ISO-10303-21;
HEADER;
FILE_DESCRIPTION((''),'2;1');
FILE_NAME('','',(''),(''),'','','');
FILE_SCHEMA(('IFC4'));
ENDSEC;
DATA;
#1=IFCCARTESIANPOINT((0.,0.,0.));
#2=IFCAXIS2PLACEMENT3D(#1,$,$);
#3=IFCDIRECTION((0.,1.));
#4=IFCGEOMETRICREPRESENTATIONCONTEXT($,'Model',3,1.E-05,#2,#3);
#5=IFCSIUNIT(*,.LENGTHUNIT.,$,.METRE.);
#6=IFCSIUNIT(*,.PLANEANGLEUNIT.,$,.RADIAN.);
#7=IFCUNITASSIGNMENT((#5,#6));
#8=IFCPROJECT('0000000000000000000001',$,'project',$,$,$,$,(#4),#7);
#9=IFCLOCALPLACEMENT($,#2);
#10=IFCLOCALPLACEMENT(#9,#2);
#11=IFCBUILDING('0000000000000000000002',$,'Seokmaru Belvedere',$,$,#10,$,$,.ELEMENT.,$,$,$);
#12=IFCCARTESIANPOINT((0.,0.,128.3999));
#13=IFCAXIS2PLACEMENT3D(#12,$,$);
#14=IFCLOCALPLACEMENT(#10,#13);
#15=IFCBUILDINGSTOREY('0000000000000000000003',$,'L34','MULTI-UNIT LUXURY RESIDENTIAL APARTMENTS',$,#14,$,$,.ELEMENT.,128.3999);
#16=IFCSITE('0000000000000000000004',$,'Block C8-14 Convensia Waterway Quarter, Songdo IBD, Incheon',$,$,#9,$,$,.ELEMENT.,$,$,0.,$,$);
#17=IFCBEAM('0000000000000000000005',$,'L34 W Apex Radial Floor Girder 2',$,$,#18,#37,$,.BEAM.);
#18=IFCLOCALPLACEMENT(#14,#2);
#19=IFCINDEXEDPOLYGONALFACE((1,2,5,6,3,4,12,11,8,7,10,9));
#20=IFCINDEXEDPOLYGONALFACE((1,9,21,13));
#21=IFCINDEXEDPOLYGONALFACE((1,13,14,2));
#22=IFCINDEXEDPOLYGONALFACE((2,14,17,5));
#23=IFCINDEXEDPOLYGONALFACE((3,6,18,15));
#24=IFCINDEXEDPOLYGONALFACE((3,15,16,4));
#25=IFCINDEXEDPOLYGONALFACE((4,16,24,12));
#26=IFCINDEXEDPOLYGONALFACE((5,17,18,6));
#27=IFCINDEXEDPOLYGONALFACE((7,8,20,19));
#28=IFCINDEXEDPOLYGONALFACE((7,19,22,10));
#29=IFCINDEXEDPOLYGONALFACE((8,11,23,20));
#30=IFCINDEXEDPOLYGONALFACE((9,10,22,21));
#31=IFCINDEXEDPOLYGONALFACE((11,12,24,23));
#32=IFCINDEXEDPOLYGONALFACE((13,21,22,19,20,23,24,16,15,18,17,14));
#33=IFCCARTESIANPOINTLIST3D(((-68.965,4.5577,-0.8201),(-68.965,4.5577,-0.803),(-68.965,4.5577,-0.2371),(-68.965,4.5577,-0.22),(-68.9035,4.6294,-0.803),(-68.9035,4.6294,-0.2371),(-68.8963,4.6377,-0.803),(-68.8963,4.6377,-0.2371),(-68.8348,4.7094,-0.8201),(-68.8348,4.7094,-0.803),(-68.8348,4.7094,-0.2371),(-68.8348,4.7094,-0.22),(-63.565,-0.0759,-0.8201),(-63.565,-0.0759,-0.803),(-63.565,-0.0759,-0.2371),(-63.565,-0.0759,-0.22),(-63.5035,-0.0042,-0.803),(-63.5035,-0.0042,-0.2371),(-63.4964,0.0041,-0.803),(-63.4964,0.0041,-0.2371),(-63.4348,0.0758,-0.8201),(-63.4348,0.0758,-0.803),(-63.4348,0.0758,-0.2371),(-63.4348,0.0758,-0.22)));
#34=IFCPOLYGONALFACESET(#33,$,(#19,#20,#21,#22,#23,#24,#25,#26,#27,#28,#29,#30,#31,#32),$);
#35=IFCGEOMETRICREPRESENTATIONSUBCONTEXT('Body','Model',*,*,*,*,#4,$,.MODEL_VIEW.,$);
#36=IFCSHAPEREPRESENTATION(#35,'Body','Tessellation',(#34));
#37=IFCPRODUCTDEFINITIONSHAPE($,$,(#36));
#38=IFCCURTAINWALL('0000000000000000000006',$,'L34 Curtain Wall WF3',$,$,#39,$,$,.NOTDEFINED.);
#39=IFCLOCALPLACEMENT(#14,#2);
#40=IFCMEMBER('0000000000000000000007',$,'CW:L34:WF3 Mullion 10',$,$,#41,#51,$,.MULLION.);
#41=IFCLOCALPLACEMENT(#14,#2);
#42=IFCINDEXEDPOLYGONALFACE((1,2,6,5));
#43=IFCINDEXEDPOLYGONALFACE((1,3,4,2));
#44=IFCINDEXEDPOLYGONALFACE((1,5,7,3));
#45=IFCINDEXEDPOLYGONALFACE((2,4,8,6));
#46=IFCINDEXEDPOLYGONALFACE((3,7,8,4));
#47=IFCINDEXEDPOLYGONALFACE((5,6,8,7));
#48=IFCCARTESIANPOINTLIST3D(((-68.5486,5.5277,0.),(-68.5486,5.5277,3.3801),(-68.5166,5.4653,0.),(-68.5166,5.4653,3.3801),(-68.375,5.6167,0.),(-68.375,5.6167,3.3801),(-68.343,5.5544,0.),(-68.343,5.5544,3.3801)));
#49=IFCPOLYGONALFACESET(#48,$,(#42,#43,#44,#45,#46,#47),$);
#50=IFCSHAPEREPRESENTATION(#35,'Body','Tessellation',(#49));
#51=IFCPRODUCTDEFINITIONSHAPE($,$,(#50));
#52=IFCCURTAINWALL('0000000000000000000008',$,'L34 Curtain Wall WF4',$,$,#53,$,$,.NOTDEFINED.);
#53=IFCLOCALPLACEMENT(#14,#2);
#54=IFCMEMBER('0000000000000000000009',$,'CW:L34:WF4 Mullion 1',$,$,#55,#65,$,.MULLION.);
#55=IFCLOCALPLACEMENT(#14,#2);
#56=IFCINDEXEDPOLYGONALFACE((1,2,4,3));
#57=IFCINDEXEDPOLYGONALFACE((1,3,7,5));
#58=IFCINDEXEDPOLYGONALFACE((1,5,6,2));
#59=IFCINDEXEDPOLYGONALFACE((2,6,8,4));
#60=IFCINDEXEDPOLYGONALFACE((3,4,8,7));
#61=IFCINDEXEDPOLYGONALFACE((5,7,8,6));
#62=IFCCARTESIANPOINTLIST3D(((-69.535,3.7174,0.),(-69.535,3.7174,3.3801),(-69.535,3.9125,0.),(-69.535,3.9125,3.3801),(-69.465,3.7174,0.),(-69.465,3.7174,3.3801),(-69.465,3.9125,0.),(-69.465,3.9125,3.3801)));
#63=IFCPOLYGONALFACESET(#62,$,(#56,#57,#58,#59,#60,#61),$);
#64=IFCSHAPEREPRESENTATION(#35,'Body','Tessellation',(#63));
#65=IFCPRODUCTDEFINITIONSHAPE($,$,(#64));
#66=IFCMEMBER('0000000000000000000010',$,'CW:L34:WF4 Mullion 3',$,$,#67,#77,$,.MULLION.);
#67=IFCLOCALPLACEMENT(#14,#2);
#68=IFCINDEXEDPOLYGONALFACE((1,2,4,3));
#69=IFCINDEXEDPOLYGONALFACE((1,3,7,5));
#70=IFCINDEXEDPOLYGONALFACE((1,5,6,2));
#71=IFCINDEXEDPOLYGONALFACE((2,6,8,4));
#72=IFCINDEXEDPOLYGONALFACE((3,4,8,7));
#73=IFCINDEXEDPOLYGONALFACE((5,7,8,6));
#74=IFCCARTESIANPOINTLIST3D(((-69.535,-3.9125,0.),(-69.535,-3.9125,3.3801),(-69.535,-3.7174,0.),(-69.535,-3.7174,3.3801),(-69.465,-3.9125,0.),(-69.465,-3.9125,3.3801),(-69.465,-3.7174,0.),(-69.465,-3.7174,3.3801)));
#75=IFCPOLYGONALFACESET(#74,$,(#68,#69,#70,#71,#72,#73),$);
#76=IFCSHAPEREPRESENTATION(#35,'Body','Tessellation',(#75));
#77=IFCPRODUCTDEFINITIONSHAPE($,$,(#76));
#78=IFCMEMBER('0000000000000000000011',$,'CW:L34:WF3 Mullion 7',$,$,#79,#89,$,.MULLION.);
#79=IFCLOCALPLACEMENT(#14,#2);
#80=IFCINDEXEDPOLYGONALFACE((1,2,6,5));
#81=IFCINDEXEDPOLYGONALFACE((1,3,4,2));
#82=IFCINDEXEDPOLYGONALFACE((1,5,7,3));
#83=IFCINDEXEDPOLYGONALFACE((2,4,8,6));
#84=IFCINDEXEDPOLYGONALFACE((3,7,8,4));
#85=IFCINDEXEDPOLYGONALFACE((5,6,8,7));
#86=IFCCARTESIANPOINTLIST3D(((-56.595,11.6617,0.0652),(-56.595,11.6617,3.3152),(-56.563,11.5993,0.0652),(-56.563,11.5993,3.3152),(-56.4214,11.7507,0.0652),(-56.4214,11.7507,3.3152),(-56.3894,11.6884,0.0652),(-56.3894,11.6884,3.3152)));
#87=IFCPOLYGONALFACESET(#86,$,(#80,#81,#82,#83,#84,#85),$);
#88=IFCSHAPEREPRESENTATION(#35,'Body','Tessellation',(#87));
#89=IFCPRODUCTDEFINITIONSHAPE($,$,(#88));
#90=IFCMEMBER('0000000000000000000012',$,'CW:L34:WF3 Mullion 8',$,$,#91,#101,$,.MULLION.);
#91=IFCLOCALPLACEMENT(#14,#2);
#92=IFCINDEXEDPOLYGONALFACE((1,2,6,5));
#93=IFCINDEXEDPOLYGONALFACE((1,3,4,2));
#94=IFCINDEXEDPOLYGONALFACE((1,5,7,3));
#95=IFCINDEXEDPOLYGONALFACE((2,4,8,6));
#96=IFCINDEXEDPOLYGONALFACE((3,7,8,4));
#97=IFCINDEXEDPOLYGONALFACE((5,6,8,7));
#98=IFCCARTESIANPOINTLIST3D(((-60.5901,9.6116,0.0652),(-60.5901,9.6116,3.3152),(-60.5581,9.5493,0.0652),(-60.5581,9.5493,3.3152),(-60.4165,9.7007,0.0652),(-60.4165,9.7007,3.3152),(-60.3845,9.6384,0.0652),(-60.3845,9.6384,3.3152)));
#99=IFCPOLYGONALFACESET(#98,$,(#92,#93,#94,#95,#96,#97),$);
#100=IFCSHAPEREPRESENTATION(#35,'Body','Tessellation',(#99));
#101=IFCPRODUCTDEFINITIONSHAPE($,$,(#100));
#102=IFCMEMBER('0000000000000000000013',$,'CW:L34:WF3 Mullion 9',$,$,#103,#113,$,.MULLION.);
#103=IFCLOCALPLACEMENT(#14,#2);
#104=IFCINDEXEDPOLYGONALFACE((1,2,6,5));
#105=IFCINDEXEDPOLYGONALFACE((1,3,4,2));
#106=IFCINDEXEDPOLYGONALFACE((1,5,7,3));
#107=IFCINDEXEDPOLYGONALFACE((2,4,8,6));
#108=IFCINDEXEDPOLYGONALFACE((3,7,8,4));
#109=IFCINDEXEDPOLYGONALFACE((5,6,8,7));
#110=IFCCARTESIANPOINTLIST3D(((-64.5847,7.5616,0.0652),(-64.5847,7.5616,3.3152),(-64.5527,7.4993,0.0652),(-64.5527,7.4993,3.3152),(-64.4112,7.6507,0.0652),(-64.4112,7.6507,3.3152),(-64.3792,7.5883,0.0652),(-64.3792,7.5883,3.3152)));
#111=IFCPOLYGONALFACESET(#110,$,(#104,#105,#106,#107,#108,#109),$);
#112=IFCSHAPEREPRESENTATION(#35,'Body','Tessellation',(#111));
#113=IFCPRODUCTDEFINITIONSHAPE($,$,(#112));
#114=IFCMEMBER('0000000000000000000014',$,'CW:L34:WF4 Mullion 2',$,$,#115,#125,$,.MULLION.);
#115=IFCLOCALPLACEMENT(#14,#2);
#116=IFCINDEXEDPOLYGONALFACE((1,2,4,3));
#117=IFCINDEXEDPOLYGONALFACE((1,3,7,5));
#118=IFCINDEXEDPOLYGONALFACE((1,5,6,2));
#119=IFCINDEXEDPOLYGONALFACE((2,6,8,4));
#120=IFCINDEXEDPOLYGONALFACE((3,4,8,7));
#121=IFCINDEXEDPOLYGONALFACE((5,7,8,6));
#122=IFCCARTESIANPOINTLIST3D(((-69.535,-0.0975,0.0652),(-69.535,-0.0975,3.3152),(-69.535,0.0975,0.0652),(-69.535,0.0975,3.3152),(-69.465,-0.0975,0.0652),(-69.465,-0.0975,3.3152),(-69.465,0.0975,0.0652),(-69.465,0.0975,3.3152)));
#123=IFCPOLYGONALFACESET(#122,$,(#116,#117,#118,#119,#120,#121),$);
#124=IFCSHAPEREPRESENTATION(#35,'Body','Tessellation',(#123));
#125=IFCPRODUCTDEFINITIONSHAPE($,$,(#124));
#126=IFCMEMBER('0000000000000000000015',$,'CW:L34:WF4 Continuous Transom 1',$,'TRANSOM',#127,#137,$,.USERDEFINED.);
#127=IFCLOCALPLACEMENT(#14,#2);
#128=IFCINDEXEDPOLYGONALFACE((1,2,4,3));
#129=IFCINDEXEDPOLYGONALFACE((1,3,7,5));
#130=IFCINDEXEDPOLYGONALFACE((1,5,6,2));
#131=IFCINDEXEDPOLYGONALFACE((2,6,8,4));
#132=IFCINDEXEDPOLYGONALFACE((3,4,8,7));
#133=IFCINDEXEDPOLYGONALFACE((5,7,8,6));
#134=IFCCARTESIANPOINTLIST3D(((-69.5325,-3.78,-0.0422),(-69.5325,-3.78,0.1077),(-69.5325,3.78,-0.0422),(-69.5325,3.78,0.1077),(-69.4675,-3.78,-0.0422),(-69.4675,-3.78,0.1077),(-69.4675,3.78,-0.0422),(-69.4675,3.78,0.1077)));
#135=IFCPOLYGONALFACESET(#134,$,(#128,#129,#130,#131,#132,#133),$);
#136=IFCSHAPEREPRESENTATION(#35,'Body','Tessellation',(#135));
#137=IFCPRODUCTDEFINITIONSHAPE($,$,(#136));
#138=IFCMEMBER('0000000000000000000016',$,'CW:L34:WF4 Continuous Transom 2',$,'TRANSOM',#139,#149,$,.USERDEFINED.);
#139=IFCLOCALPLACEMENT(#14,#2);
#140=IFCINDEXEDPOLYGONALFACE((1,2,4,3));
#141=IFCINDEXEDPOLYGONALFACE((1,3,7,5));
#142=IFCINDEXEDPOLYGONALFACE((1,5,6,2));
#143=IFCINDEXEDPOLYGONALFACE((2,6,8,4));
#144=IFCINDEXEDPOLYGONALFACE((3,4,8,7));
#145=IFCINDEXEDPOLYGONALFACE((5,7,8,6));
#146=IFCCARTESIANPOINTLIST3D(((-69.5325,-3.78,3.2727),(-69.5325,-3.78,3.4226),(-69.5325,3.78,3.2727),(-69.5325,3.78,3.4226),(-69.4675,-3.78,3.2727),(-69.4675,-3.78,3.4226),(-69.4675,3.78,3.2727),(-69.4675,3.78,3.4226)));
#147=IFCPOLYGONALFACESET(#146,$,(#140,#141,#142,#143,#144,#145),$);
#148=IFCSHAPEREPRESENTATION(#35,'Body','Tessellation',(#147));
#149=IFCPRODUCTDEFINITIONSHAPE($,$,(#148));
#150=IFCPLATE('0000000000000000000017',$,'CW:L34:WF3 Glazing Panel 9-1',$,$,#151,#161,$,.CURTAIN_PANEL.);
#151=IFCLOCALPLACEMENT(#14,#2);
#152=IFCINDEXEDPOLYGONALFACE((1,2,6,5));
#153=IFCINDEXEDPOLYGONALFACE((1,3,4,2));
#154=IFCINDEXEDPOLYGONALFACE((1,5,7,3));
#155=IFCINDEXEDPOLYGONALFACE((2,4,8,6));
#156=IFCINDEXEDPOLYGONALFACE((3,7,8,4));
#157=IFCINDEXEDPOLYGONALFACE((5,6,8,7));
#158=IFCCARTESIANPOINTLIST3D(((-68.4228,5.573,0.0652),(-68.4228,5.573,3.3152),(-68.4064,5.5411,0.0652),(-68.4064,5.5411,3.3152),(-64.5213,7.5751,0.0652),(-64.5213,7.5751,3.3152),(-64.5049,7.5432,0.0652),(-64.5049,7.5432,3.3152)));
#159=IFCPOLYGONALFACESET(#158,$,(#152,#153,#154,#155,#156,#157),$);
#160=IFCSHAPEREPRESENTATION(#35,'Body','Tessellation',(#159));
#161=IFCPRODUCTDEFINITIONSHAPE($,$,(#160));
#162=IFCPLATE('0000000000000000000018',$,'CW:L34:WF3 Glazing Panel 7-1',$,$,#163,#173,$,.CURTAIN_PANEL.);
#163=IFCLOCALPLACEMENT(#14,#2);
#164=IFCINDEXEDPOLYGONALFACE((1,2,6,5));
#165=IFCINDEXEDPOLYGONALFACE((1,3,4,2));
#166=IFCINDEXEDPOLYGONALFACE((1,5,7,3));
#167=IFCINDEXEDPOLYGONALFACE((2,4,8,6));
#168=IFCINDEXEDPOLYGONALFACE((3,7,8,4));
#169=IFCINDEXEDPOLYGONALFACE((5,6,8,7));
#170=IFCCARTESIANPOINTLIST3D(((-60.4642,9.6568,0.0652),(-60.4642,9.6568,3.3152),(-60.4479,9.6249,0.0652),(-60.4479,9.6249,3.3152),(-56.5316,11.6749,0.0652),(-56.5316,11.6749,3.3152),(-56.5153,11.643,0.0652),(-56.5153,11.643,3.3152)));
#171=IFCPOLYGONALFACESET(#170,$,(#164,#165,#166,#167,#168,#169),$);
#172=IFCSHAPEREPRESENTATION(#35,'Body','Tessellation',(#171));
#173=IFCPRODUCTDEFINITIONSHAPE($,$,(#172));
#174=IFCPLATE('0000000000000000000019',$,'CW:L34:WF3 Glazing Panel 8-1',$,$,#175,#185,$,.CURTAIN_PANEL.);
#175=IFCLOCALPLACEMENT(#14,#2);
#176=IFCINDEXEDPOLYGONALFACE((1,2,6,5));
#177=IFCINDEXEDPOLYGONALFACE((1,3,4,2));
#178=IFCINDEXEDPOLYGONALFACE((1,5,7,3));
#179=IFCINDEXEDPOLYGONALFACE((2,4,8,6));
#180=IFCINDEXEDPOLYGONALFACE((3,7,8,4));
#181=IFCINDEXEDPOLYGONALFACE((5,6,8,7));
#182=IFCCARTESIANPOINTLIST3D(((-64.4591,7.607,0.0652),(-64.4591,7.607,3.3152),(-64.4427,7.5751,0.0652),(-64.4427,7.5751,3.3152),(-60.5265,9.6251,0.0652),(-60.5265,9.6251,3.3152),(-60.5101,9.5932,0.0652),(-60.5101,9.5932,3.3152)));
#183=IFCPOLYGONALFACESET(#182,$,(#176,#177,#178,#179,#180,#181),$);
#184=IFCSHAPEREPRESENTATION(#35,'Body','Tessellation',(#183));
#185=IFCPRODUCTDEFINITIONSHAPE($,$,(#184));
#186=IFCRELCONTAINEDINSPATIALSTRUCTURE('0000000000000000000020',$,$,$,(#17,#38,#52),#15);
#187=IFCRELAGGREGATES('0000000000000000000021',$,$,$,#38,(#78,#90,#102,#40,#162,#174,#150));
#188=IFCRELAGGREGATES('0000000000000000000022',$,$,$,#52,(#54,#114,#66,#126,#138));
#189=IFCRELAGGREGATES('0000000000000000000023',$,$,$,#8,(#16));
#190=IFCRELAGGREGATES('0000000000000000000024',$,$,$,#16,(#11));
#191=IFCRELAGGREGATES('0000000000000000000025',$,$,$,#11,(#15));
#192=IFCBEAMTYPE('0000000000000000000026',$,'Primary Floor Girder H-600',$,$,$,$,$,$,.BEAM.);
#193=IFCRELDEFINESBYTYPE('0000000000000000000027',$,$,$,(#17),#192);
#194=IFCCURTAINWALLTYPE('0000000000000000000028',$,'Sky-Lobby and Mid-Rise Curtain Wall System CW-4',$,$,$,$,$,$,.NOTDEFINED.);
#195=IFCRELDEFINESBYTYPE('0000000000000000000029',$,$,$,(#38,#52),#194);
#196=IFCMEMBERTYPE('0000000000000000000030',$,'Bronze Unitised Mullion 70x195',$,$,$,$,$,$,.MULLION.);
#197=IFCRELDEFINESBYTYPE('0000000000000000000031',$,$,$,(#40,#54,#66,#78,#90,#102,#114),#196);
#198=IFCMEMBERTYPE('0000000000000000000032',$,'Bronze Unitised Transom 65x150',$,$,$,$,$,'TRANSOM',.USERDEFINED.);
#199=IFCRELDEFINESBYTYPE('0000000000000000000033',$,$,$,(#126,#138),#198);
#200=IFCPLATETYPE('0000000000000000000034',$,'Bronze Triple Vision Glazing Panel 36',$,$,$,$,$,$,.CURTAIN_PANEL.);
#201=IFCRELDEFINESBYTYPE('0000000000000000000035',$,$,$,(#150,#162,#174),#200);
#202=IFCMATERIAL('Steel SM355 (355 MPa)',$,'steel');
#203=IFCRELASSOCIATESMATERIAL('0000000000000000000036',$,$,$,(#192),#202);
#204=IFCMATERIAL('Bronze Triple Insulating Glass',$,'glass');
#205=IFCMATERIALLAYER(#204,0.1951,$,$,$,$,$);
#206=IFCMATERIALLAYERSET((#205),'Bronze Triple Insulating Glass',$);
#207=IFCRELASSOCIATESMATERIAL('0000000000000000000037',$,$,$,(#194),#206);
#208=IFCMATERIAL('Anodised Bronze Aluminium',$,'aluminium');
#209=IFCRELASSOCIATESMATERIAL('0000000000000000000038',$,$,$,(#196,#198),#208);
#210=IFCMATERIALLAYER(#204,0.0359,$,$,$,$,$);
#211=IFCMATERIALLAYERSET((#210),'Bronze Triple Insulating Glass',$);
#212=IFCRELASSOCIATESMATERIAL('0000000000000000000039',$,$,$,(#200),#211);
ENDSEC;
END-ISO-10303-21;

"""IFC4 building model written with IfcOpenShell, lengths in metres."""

from ifc_helpers import new_model, si_unit, direction, frame, origin, origin_2d, place, context, subcontext, project, spatial, rectangle, i_section, extrude, source, transform, mapped, material, layer, layer_set, material_profile, profile_set, type_object, type_shapes, element, aggregate, save


model = new_model("IFC4")

# Units and contexts
model_context = context("Model", 3, precision=1e-05, world=origin(), true_north=direction((0.0, 1.0)))
body_context = subcontext(model_context, "Body", "Model", "MODEL_VIEW")
ifc_project = project(units=[si_unit("LENGTHUNIT", "METRE"), si_unit("PLANEANGLEUNIT", "RADIAN")], contexts=[model_context])

# Site, building, storey
site_placement = place(None, origin())
site = spatial("IfcSite", under=ifc_project, at=site_placement, Name="Block C8-14 Convensia Waterway Quarter, Songdo IBD, Incheon", CompositionType="ELEMENT", RefElevation=0.0)
building_placement = place(site_placement, origin())
building = spatial("IfcBuilding", under=site, at=building_placement, Name="Seokmaru Belvedere", CompositionType="ELEMENT")
storey_placement = place(building_placement, frame((0.0, 0.0, 128.3999)))
storey = spatial("IfcBuildingStorey", under=building, at=storey_placement, Name="L34", Description="MULTI-UNIT LUXURY RESIDENTIAL APARTMENTS", CompositionType="ELEMENT", Elevation=128.3999)

# Shared definitions
ifc_material_1 = material(Name="Steel SM355 (355 MPa)", Category="steel")

# Beam
ifc_material_profile_1 = material_profile(ifc_material_1, i_section(OverallWidth=0.2, OverallDepth=0.6001, WebThickness=0.011, FlangeThickness=0.0171, at=origin_2d()), Name="H-600x200x11x17")
ifc_profile_set_1 = profile_set([ifc_material_profile_1], Name="Steel SM355 (355 MPa)")
beam_type_1 = type_object("IfcBeamType", Name="Primary Floor Girder H-600", PredefinedType="BEAM", material=ifc_profile_set_1)
shared_shape_1 = source(origin(), body_context, "Body", "SweptSolid", [
    extrude(i_section(OverallWidth=0.2, OverallDepth=0.6001, WebThickness=0.011, FlangeThickness=0.0171, at=origin_2d()), origin(), (0.0, 0.0, 1.0), 7.1155),
])
beam_1_placement = place(storey_placement, frame((-68.8999, 4.6335, -0.52), z_axis=(0.758905, -0.651201, 0.0), x_axis=(0.651201, 0.758905, 0.0)))
element("IfcBeam", 1, at=beam_1_placement, inside=storey, type_object=beam_type_1, Name="L34 W Apex Radial Floor Girder 2", PredefinedType="BEAM", context=body_context, shape_type="MappedRepresentation", body=[
    mapped(shared_shape_1, transform((0.0, 0.0, 0.0), scale=1.0)),
])

# Curtain wall, member
ifc_material_2 = material(Name="Bronze Triple Insulating Glass", Category="glass")
ifc_layer_1 = layer(ifc_material_2, 0.1951)
ifc_layer_set_1 = layer_set([ifc_layer_1], Name="Bronze Triple Insulating Glass")
curtain_wall_type = type_object("IfcCurtainWallType", Name="Sky-Lobby and Mid-Rise Curtain Wall System CW-4", PredefinedType="NOTDEFINED", material=ifc_layer_set_1)
curtain_wall_1_placement = place(storey_placement, origin())
curtain_wall_1 = element("IfcCurtainWall", 2, at=curtain_wall_1_placement, inside=storey, type_object=curtain_wall_type, Name="L34 Curtain Wall WF3", PredefinedType="NOTDEFINED")
ifc_material_3 = material(Name="Anodised Bronze Aluminium", Category="aluminium")
ifc_material_profile_2 = material_profile(ifc_material_3, rectangle(XDim=0.0701, YDim=0.1951, at=origin_2d()), Name="CW-M-70x195")
ifc_profile_set_2 = profile_set([ifc_material_profile_2], Name="Anodised Bronze Aluminium")
member_type_1 = type_object("IfcMemberType", Name="Bronze Unitised Mullion 70x195", PredefinedType="MULLION", material=ifc_profile_set_2)
shared_shape_2 = source(origin(), body_context, "Body", "SweptSolid", [
    extrude(rectangle(XDim=0.0701, YDim=0.1951, at=origin_2d()), origin(), (0.0, 0.0, 1.0), 3.3801),
])
member_1_placement = place(storey_placement, frame((-68.4458, 5.541, 0.0), z_axis=(0.0, 0.0, 1.0), x_axis=(0.456555, -0.889695, 0.0)))
member_1 = element("IfcMember", 3, at=member_1_placement, type_object=member_type_1, Name="CW:L34:WF3 Mullion 10", PredefinedType="MULLION", context=body_context, shape_type="MappedRepresentation", body=[
    mapped(shared_shape_2, transform((0.0, 0.0, 0.0), scale=1.0)),
])

# Curtain wall, members
curtain_wall_2_placement = place(storey_placement, origin())
curtain_wall_2 = element("IfcCurtainWall", 4, at=curtain_wall_2_placement, inside=storey, type_object=curtain_wall_type, Name="L34 Curtain Wall WF4", PredefinedType="NOTDEFINED")
member_2_placement = place(storey_placement, frame((-69.5, 3.8149, 0.0), z_axis=(0.0, 0.0, 1.0), x_axis=(1.0, 0.0, 0.0)))
member_2 = element("IfcMember", 5, at=member_2_placement, type_object=member_type_1, Name="CW:L34:WF4 Mullion 1", PredefinedType="MULLION", context=body_context, shape_type="MappedRepresentation", body=[
    mapped(shared_shape_2, transform((0.0, 0.0, 0.0), scale=1.0)),
])
member_3_placement = place(storey_placement, frame((-69.5, -3.8149, 0.0), z_axis=(0.0, 0.0, 1.0), x_axis=(1.0, 0.0, 0.0)))
member_3 = element("IfcMember", 6, at=member_3_placement, type_object=member_type_1, Name="CW:L34:WF4 Mullion 3", PredefinedType="MULLION", context=body_context, shape_type="MappedRepresentation", body=[
    mapped(shared_shape_2, transform((0.0, 0.0, 0.0), scale=1.0)),
])

# Members
shared_shape_3 = source(origin(), body_context, "Body", "SweptSolid", [
    extrude(rectangle(XDim=0.0701, YDim=0.1951, at=origin_2d()), origin(), (0.0, 0.0, 1.0), 3.25),
])
type_shapes(member_type_1, [shared_shape_2, shared_shape_3])
member_4_placement = place(storey_placement, frame((-56.4922, 11.675, 0.0652), z_axis=(0.0, 0.0, 1.0), x_axis=(0.456555, -0.889695, 0.0)))
member_4 = element("IfcMember", 7, at=member_4_placement, type_object=member_type_1, Name="CW:L34:WF3 Mullion 7", PredefinedType="MULLION", context=body_context, shape_type="MappedRepresentation", body=[
    mapped(shared_shape_3, transform((0.0, 0.0, 0.0), scale=1.0)),
])
member_5_placement = place(storey_placement, frame((-60.4873, 9.625, 0.0652), z_axis=(0.0, 0.0, 1.0), x_axis=(0.456555, -0.889695, 0.0)))
member_5 = element("IfcMember", 8, at=member_5_placement, type_object=member_type_1, Name="CW:L34:WF3 Mullion 8", PredefinedType="MULLION", context=body_context, shape_type="MappedRepresentation", body=[
    mapped(shared_shape_3, transform((0.0, 0.0, 0.0), scale=1.0)),
])
member_6_placement = place(storey_placement, frame((-64.4819, 7.575, 0.0652), z_axis=(0.0, 0.0, 1.0), x_axis=(0.456555, -0.889695, 0.0)))
member_6 = element("IfcMember", 9, at=member_6_placement, type_object=member_type_1, Name="CW:L34:WF3 Mullion 9", PredefinedType="MULLION", context=body_context, shape_type="MappedRepresentation", body=[
    mapped(shared_shape_3, transform((0.0, 0.0, 0.0), scale=1.0)),
])
member_7_placement = place(storey_placement, frame((-69.5, 0.0, 0.0652), z_axis=(0.0, 0.0, 1.0), x_axis=(1.0, 0.0, 0.0)))
member_7 = element("IfcMember", 10, at=member_7_placement, type_object=member_type_1, Name="CW:L34:WF4 Mullion 2", PredefinedType="MULLION", context=body_context, shape_type="MappedRepresentation", body=[
    mapped(shared_shape_3, transform((0.0, 0.0, 0.0), scale=1.0)),
])
ifc_material_profile_3 = material_profile(ifc_material_3, rectangle(XDim=0.0649, YDim=0.1499, at=origin_2d()), Name="CW-T-65x150")
ifc_profile_set_3 = profile_set([ifc_material_profile_3], Name="Anodised Bronze Aluminium")
member_type_2 = type_object("IfcMemberType", Name="Bronze Unitised Transom 65x150", ElementType="TRANSOM", PredefinedType="USERDEFINED", material=ifc_profile_set_3)
shared_shape_4 = source(origin(), body_context, "Body", "SweptSolid", [
    extrude(rectangle(XDim=0.0649, YDim=0.1499, at=origin_2d()), origin(), (0.0, 0.0, 1.0), 7.5601),
])
type_shapes(member_type_2, [shared_shape_4])
member_8_placement = place(storey_placement, frame((-69.5, 3.78, 0.0327), z_axis=(0.0, -1.0, 0.0), x_axis=(1.0, 0.0, 0.0)))
member_8 = element("IfcMember", 11, at=member_8_placement, type_object=member_type_2, Name="CW:L34:WF4 Continuous Transom 1", ObjectType="TRANSOM", PredefinedType="USERDEFINED", context=body_context, shape_type="MappedRepresentation", body=[
    mapped(shared_shape_4, transform((0.0, 0.0, 0.0), scale=1.0)),
])
member_9_placement = place(storey_placement, frame((-69.5, 3.78, 3.3477), z_axis=(0.0, -1.0, 0.0), x_axis=(1.0, 0.0, 0.0)))
member_9 = element("IfcMember", 12, at=member_9_placement, type_object=member_type_2, Name="CW:L34:WF4 Continuous Transom 2", ObjectType="TRANSOM", PredefinedType="USERDEFINED", context=body_context, shape_type="MappedRepresentation", body=[
    mapped(shared_shape_4, transform((0.0, 0.0, 0.0), scale=1.0)),
])

# Plates
ifc_layer_2 = layer(ifc_material_2, 0.0359)
ifc_layer_set_2 = layer_set([ifc_layer_2], Name="Bronze Triple Insulating Glass")
plate_type = type_object("IfcPlateType", Name="Bronze Triple Vision Glazing Panel 36", PredefinedType="CURTAIN_PANEL", material=ifc_layer_set_2)
shared_shape_5 = source(origin(), body_context, "Body", "SweptSolid", [
    extrude(rectangle(XDim=4.3853, YDim=0.0359, at=origin_2d()), origin(), (0.0, 0.0, 1.0), 3.25),
])
plate_1_placement = place(storey_placement, frame((-66.4639, 6.5581, 0.0652), z_axis=(0.0, 0.0, 1.0), x_axis=(-0.889695, -0.456555, 0.0)))
plate_1 = element("IfcPlate", 13, at=plate_1_placement, type_object=plate_type, Name="CW:L34:WF3 Glazing Panel 9-1", PredefinedType="CURTAIN_PANEL", context=body_context, shape_type="MappedRepresentation", body=[
    mapped(shared_shape_5, transform((0.0, 0.0, 0.0), scale=1.0)),
])
shared_shape_6 = source(origin(), body_context, "Body", "SweptSolid", [
    extrude(rectangle(XDim=4.4202, YDim=0.0359, at=origin_2d()), origin(), (0.0, 0.0, 1.0), 3.25),
])
plate_2_placement = place(storey_placement, frame((-58.4897, 10.6499, 0.0652), z_axis=(0.0, 0.0, 1.0), x_axis=(-0.889695, -0.456555, 0.0)))
plate_2 = element("IfcPlate", 14, at=plate_2_placement, type_object=plate_type, Name="CW:L34:WF3 Glazing Panel 7-1", PredefinedType="CURTAIN_PANEL", context=body_context, shape_type="MappedRepresentation", body=[
    mapped(shared_shape_6, transform((0.0, 0.0, 0.0), scale=1.0)),
])
plate_3_placement = place(storey_placement, frame((-62.4846, 8.6001, 0.0652), z_axis=(0.0, 0.0, 1.0), x_axis=(-0.889695, -0.456555, 0.0)))
plate_3 = element("IfcPlate", 15, at=plate_3_placement, type_object=plate_type, Name="CW:L34:WF3 Glazing Panel 8-1", PredefinedType="CURTAIN_PANEL", context=body_context, shape_type="MappedRepresentation", body=[
    mapped(shared_shape_6, transform((0.0, 0.0, 0.0), scale=1.0)),
])
aggregate(curtain_wall_1, [member_4, member_5, member_6, member_1, plate_2, plate_3, plate_1])
aggregate(curtain_wall_2, [member_2, member_7, member_3, member_8, member_9])

save(model, "model.ifc")
